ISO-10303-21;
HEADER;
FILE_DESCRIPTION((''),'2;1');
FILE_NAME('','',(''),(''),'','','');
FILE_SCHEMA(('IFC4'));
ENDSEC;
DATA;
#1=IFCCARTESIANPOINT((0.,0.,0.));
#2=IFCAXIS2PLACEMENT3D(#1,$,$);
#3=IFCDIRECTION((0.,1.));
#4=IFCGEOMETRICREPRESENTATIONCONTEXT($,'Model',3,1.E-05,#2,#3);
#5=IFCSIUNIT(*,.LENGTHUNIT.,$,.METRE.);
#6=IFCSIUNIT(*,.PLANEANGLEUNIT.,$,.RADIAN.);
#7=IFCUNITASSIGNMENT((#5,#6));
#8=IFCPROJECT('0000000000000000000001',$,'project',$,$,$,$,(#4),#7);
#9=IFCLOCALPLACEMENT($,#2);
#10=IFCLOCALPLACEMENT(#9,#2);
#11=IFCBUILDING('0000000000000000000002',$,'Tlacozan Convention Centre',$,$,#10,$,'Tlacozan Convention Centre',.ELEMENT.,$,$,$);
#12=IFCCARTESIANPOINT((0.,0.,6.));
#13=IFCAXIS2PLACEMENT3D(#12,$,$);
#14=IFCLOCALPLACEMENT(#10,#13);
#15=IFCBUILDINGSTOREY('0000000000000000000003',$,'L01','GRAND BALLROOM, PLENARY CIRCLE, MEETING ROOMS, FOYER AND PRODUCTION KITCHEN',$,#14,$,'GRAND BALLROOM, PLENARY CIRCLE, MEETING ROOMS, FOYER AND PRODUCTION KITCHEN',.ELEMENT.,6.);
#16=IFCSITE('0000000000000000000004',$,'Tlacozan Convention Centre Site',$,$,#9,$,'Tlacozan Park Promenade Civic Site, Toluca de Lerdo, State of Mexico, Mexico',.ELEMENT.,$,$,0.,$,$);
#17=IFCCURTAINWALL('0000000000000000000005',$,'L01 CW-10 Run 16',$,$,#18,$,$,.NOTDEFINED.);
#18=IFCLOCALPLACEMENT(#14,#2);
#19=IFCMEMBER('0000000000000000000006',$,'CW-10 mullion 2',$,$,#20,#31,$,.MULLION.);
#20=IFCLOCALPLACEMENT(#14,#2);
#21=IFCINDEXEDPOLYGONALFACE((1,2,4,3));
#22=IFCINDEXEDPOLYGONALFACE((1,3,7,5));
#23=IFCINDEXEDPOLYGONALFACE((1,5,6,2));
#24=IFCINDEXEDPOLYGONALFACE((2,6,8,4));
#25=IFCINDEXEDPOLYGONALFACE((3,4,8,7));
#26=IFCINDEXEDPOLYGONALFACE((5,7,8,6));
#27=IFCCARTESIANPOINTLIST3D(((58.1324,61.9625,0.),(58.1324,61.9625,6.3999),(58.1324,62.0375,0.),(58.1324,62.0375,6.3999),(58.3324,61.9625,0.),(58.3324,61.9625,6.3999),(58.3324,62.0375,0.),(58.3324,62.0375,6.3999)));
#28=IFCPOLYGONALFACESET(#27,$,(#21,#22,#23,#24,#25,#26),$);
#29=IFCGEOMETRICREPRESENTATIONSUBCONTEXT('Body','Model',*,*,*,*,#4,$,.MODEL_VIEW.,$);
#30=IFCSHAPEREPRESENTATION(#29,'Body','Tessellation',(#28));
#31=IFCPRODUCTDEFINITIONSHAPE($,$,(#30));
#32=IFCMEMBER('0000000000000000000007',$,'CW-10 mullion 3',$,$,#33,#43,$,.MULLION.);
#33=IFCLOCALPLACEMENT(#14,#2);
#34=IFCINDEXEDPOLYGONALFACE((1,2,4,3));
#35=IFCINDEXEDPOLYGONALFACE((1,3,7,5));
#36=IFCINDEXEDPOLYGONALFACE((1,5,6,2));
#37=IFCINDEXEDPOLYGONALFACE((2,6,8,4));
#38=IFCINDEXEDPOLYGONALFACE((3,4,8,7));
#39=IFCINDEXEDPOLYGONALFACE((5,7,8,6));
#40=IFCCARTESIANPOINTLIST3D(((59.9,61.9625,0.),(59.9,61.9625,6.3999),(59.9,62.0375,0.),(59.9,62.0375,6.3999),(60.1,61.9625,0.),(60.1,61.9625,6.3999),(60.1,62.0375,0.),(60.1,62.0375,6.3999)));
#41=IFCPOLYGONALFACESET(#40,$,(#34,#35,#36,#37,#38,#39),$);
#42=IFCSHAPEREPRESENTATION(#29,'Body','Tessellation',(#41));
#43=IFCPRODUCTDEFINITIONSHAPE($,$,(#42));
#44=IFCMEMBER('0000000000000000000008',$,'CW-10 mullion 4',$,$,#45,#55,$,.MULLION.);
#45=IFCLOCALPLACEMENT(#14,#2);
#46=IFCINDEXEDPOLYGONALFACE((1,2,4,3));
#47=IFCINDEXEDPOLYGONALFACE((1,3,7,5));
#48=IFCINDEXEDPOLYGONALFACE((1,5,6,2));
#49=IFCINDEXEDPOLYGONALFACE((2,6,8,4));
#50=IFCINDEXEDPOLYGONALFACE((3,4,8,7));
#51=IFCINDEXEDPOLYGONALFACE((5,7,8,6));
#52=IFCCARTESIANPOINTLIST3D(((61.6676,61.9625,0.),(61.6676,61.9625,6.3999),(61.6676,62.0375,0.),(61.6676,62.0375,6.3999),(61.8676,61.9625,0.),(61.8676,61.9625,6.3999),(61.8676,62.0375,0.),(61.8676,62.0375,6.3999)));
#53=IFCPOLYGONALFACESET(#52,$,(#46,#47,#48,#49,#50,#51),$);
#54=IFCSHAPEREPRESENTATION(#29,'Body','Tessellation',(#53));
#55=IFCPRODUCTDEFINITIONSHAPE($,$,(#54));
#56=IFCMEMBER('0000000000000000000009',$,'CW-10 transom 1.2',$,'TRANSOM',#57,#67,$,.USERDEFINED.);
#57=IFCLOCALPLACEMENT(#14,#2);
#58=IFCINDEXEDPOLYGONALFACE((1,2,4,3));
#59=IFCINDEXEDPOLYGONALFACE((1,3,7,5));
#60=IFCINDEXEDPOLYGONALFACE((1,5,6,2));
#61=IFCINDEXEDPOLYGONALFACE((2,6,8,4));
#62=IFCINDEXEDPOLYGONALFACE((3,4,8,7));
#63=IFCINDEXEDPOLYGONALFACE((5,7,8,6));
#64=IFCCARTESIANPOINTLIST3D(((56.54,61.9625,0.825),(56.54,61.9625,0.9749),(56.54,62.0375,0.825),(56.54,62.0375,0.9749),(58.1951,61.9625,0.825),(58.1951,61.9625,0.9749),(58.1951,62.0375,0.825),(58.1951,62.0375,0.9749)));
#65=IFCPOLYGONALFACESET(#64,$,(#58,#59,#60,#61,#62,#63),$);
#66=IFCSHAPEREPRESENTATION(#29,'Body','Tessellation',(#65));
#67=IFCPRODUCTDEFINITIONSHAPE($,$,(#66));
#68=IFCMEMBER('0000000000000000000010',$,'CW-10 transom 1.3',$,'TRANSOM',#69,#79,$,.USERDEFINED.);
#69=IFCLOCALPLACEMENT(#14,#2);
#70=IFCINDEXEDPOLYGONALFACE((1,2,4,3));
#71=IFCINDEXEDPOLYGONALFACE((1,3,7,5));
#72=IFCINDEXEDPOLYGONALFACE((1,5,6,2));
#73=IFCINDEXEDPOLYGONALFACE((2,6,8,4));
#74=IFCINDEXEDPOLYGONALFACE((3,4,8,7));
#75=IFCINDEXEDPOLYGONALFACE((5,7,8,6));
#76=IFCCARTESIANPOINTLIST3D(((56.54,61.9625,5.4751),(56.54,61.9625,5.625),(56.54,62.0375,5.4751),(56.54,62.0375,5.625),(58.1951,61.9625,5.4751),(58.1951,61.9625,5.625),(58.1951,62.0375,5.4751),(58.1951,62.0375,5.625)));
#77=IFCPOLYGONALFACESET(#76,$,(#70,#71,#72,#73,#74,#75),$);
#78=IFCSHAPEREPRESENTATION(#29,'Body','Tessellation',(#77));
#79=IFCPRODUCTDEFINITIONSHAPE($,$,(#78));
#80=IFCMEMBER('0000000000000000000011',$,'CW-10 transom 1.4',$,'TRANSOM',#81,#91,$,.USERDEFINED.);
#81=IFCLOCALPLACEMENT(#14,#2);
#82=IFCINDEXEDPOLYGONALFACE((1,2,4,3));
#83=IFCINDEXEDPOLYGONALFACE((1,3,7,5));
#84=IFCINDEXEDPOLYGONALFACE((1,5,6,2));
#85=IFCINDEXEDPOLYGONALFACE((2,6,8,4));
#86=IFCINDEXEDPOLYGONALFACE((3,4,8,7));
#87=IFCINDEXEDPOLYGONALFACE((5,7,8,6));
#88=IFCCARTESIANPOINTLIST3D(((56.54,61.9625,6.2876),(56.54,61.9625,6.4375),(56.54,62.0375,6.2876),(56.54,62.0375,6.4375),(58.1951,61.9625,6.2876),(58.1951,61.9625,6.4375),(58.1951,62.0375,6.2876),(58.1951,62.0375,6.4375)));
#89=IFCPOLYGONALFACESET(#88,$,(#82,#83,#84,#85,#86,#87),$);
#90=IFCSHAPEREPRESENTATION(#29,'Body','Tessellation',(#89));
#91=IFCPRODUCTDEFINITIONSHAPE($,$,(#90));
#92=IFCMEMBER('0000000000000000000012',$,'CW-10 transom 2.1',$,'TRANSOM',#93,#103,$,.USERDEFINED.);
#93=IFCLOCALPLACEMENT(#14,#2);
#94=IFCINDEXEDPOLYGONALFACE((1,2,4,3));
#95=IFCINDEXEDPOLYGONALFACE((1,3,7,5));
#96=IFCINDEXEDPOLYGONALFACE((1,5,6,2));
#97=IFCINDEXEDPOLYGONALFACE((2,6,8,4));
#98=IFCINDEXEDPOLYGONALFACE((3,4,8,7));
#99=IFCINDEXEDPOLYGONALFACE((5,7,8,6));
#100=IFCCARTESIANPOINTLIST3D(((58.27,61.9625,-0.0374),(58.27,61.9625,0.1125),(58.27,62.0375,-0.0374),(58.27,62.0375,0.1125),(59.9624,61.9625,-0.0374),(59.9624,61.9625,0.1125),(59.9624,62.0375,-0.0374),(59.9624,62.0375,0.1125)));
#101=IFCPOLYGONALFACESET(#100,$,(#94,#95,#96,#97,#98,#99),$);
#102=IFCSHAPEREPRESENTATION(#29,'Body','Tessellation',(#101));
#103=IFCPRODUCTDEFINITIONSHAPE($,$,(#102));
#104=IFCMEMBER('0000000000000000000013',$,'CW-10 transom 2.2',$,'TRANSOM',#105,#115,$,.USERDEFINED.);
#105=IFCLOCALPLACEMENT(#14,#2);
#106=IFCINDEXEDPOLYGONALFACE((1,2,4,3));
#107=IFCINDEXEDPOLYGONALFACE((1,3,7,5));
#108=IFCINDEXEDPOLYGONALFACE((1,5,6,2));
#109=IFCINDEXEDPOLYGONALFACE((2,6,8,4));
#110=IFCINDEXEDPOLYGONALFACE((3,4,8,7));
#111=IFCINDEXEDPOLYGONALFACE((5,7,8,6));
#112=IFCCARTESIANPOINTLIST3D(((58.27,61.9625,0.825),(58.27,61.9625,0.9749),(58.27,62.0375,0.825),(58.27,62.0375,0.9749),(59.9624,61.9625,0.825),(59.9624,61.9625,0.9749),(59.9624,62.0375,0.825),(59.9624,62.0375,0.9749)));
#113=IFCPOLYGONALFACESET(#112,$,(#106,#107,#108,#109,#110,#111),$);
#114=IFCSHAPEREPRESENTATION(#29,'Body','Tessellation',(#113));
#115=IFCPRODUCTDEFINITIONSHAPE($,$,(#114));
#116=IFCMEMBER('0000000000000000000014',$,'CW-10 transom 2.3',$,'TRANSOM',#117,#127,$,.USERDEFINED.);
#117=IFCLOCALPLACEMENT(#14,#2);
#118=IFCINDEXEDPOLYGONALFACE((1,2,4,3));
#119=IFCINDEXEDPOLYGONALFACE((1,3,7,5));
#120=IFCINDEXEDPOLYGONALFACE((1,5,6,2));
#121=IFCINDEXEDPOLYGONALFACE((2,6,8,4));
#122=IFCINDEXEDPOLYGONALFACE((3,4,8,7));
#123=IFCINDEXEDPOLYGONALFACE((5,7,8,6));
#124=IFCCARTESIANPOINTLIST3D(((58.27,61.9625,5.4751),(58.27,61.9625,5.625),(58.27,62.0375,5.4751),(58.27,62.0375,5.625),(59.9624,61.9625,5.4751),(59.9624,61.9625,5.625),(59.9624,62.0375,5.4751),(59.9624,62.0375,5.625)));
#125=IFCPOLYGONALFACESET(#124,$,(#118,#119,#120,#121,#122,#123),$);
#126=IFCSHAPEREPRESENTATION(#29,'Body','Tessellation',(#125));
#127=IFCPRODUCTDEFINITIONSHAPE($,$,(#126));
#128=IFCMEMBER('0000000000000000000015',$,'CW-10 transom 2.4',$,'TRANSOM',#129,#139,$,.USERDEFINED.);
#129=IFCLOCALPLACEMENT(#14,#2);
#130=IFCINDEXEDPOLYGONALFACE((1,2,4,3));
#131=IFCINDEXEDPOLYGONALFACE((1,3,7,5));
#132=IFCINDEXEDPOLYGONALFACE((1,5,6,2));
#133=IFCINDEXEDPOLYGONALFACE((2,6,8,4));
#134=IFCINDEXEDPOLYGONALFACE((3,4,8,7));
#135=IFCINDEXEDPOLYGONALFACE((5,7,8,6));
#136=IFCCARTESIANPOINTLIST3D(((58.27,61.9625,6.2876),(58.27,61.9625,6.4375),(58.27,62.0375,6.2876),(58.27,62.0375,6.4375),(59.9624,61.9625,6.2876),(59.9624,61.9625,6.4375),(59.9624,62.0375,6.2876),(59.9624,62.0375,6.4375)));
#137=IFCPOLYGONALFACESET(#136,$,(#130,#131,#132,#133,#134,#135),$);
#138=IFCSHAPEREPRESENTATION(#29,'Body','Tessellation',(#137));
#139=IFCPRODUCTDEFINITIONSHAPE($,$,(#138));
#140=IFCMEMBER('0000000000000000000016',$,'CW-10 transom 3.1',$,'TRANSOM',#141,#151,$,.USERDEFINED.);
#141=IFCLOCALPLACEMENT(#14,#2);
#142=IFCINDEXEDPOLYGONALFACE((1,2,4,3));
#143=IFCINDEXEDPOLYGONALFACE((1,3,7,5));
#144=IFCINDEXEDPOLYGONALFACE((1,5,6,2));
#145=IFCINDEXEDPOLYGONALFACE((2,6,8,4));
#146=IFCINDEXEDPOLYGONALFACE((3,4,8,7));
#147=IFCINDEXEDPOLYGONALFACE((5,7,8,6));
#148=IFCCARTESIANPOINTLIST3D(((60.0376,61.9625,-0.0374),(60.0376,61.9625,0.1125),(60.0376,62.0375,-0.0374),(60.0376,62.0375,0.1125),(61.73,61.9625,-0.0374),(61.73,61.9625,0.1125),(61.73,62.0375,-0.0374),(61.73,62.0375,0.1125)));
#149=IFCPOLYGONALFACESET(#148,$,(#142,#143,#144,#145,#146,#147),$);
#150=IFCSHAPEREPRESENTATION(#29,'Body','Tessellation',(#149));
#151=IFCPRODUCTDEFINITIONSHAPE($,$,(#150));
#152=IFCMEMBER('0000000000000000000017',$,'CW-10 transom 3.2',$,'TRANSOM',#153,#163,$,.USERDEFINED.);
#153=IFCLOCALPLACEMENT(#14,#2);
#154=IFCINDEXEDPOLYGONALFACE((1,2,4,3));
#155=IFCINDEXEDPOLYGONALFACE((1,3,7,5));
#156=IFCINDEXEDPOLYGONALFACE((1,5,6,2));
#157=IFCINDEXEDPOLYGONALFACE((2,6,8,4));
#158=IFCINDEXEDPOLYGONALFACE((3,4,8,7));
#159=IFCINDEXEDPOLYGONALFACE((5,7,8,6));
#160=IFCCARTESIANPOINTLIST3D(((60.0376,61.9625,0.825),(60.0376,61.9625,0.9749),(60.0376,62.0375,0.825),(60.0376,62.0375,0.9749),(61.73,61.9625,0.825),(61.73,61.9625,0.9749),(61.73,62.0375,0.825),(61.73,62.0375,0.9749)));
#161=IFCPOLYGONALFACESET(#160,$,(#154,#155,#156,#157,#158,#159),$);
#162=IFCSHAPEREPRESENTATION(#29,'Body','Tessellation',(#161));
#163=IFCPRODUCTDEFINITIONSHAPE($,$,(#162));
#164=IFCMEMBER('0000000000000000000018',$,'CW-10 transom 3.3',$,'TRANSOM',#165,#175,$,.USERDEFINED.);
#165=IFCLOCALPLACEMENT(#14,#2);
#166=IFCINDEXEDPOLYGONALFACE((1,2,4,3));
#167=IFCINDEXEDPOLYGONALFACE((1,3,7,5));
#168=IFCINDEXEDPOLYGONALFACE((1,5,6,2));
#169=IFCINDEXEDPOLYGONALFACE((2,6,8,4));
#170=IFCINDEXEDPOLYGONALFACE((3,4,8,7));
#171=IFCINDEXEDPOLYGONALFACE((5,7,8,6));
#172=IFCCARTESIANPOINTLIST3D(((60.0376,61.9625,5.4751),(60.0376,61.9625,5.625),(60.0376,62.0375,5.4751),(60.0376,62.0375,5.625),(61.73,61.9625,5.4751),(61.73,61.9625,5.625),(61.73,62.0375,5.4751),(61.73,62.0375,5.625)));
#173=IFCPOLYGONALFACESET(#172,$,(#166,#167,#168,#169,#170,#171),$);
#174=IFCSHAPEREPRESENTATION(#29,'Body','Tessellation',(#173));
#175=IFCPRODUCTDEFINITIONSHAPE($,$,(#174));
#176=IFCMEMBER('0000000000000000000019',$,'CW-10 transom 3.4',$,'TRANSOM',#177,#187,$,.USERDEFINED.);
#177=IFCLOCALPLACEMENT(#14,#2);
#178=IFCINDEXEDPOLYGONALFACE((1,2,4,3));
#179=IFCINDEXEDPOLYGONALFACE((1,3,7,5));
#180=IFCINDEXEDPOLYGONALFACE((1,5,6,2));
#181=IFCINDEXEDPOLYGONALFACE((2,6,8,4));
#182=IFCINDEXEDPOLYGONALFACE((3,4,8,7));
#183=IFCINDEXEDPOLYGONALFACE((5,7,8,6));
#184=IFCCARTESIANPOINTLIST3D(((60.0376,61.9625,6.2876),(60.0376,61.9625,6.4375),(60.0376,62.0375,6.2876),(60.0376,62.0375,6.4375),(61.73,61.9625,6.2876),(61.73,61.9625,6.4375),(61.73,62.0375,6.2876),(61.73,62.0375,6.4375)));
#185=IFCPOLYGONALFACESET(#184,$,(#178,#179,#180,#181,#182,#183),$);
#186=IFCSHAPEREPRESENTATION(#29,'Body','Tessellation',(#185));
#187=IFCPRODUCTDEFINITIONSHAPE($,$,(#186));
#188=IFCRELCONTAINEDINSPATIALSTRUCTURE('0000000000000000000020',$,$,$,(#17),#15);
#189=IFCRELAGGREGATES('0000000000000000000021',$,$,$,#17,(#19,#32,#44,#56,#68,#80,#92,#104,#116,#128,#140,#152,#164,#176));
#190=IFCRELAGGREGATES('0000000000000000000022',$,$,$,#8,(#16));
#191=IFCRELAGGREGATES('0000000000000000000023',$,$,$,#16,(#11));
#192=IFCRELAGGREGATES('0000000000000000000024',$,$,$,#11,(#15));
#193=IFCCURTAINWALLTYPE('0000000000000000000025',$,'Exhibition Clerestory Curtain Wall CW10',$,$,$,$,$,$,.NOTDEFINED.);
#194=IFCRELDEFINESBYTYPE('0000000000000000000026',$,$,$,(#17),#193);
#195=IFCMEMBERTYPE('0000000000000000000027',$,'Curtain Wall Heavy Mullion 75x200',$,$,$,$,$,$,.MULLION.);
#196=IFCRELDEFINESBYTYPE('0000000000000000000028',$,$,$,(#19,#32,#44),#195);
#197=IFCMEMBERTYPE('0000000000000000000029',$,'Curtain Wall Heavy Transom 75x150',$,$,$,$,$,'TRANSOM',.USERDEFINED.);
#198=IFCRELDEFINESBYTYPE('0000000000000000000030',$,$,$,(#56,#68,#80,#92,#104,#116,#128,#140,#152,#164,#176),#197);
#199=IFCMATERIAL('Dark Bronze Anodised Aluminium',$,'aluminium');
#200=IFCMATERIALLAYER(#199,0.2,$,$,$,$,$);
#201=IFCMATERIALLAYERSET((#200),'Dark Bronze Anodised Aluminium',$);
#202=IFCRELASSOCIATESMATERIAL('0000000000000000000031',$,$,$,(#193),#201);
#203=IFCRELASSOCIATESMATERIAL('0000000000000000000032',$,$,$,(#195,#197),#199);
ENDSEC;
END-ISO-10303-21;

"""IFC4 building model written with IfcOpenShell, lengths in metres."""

from ifc_helpers import new_model, si_unit, direction, frame, origin, origin_2d, place, context, subcontext, project, spatial, rectangle, extrude, material, layer, layer_set, material_profile, profile_set, type_object, element, aggregate, save


model = new_model("IFC4")

# Units and contexts
model_context = context("Model", 3, precision=1e-05, world=origin(), true_north=direction((0.0, 1.0)))
body_context = subcontext(model_context, "Body", "Model", "MODEL_VIEW")
ifc_project = project(units=[si_unit("LENGTHUNIT", "METRE"), si_unit("PLANEANGLEUNIT", "RADIAN")], contexts=[model_context])

# Site, building, storey
site_placement = place(None, origin())
site = spatial("IfcSite", under=ifc_project, at=site_placement, Name="Tlacozan Convention Centre Site", LongName="Tlacozan Park Promenade Civic Site, Toluca de Lerdo, State of Mexico, Mexico", CompositionType="ELEMENT", RefElevation=0.0)
building_placement = place(site_placement, origin())
building = spatial("IfcBuilding", under=site, at=building_placement, Name="Tlacozan Convention Centre", LongName="Tlacozan Convention Centre", CompositionType="ELEMENT")
storey_placement = place(building_placement, frame((0.0, 0.0, 6.0)))
storey = spatial("IfcBuildingStorey", under=building, at=storey_placement, Name="L01", Description="GRAND BALLROOM, PLENARY CIRCLE, MEETING ROOMS, FOYER AND PRODUCTION KITCHEN", LongName="GRAND BALLROOM, PLENARY CIRCLE, MEETING ROOMS, FOYER AND PRODUCTION KITCHEN", CompositionType="ELEMENT", Elevation=6.0)

# Curtain wall, members
ifc_material_1 = material(Name="Dark Bronze Anodised Aluminium", Category="aluminium")
ifc_layer_1 = layer(ifc_material_1, 0.2)
ifc_layer_set_1 = layer_set([ifc_layer_1], Name="Dark Bronze Anodised Aluminium")
curtain_wall_type = type_object("IfcCurtainWallType", Name="Exhibition Clerestory Curtain Wall CW10", PredefinedType="NOTDEFINED", material=ifc_layer_set_1)
curtain_wall_placement = place(storey_placement, origin())
curtain_wall = element("IfcCurtainWall", 1, at=curtain_wall_placement, inside=storey, type_object=curtain_wall_type, Name="L01 CW-10 Run 16", PredefinedType="NOTDEFINED")
ifc_material_profile_1 = material_profile(ifc_material_1, rectangle(XDim=0.075, YDim=0.2, at=origin_2d()), Name="ALU 75x200")
ifc_profile_set_1 = profile_set([ifc_material_profile_1], Name="Dark Bronze Anodised Aluminium")
member_type_1 = type_object("IfcMemberType", Name="Curtain Wall Heavy Mullion 75x200", PredefinedType="MULLION", material=ifc_profile_set_1)
member_1_placement = place(storey_placement, frame((58.2324, 62.0, 0.0), z_axis=(0.0, 0.0, 1.0), x_axis=(0.0, 1.0, 0.0)))
member_1 = element("IfcMember", 2, at=member_1_placement, type_object=member_type_1, Name="CW-10 mullion 2", PredefinedType="MULLION", context=body_context, shape_type="SweptSolid", body=[
    extrude(rectangle(XDim=0.075, YDim=0.2, at=origin_2d()), origin(), (0.0, 0.0, 1.0), 6.3999),
])
member_2_placement = place(storey_placement, frame((60.0, 62.0, 0.0), z_axis=(0.0, 0.0, 1.0), x_axis=(0.0, 1.0, 0.0)))
member_2 = element("IfcMember", 3, at=member_2_placement, type_object=member_type_1, Name="CW-10 mullion 3", PredefinedType="MULLION", context=body_context, shape_type="SweptSolid", body=[
    extrude(rectangle(XDim=0.075, YDim=0.2, at=origin_2d()), origin(), (0.0, 0.0, 1.0), 6.3999),
])
member_3_placement = place(storey_placement, frame((61.7676, 62.0, 0.0), z_axis=(0.0, 0.0, 1.0), x_axis=(0.0, 1.0, 0.0)))
member_3 = element("IfcMember", 4, at=member_3_placement, type_object=member_type_1, Name="CW-10 mullion 4", PredefinedType="MULLION", context=body_context, shape_type="SweptSolid", body=[
    extrude(rectangle(XDim=0.075, YDim=0.2, at=origin_2d()), origin(), (0.0, 0.0, 1.0), 6.3999),
])
ifc_material_profile_2 = material_profile(ifc_material_1, rectangle(XDim=0.075, YDim=0.1499, at=origin_2d()), Name="ALU 75x150")
ifc_profile_set_2 = profile_set([ifc_material_profile_2], Name="Dark Bronze Anodised Aluminium")
member_type_2 = type_object("IfcMemberType", Name="Curtain Wall Heavy Transom 75x150", ElementType="TRANSOM", PredefinedType="USERDEFINED", material=ifc_profile_set_2)
member_4_placement = place(storey_placement, frame((56.54, 62.0, 0.8999), z_axis=(1.0, 0.0, 0.0), x_axis=(0.0, 1.0, 0.0)))
member_4 = element("IfcMember", 5, at=member_4_placement, type_object=member_type_2, Name="CW-10 transom 1.2", ObjectType="TRANSOM", PredefinedType="USERDEFINED", context=body_context, shape_type="SweptSolid", body=[
    extrude(rectangle(XDim=0.075, YDim=0.1499, at=origin_2d()), origin(), (0.0, 0.0, 1.0), 1.655),
])
member_5_placement = place(storey_placement, frame((56.54, 62.0, 5.55), z_axis=(1.0, 0.0, 0.0), x_axis=(0.0, 1.0, 0.0)))
member_5 = element("IfcMember", 6, at=member_5_placement, type_object=member_type_2, Name="CW-10 transom 1.3", ObjectType="TRANSOM", PredefinedType="USERDEFINED", context=body_context, shape_type="SweptSolid", body=[
    extrude(rectangle(XDim=0.075, YDim=0.1499, at=origin_2d()), origin(), (0.0, 0.0, 1.0), 1.655),
])
member_6_placement = place(storey_placement, frame((56.54, 62.0, 6.3625), z_axis=(1.0, 0.0, 0.0), x_axis=(0.0, 1.0, 0.0)))
member_6 = element("IfcMember", 7, at=member_6_placement, type_object=member_type_2, Name="CW-10 transom 1.4", ObjectType="TRANSOM", PredefinedType="USERDEFINED", context=body_context, shape_type="SweptSolid", body=[
    extrude(rectangle(XDim=0.075, YDim=0.1499, at=origin_2d()), origin(), (0.0, 0.0, 1.0), 1.655),
])
member_7_placement = place(storey_placement, frame((58.27, 62.0, 0.0376), z_axis=(1.0, 0.0, 0.0), x_axis=(0.0, 1.0, 0.0)))
member_7 = element("IfcMember", 8, at=member_7_placement, type_object=member_type_2, Name="CW-10 transom 2.1", ObjectType="TRANSOM", PredefinedType="USERDEFINED", context=body_context, shape_type="SweptSolid", body=[
    extrude(rectangle(XDim=0.075, YDim=0.1499, at=origin_2d()), origin(), (0.0, 0.0, 1.0), 1.6924),
])
member_8_placement = place(storey_placement, frame((58.27, 62.0, 0.8999), z_axis=(1.0, 0.0, 0.0), x_axis=(0.0, 1.0, 0.0)))
member_8 = element("IfcMember", 9, at=member_8_placement, type_object=member_type_2, Name="CW-10 transom 2.2", ObjectType="TRANSOM", PredefinedType="USERDEFINED", context=body_context, shape_type="SweptSolid", body=[
    extrude(rectangle(XDim=0.075, YDim=0.1499, at=origin_2d()), origin(), (0.0, 0.0, 1.0), 1.6924),
])
member_9_placement = place(storey_placement, frame((58.27, 62.0, 5.55), z_axis=(1.0, 0.0, 0.0), x_axis=(0.0, 1.0, 0.0)))
member_9 = element("IfcMember", 10, at=member_9_placement, type_object=member_type_2, Name="CW-10 transom 2.3", ObjectType="TRANSOM", PredefinedType="USERDEFINED", context=body_context, shape_type="SweptSolid", body=[
    extrude(rectangle(XDim=0.075, YDim=0.1499, at=origin_2d()), origin(), (0.0, 0.0, 1.0), 1.6924),
])
member_10_placement = place(storey_placement, frame((58.27, 62.0, 6.3625), z_axis=(1.0, 0.0, 0.0), x_axis=(0.0, 1.0, 0.0)))
member_10 = element("IfcMember", 11, at=member_10_placement, type_object=member_type_2, Name="CW-10 transom 2.4", ObjectType="TRANSOM", PredefinedType="USERDEFINED", context=body_context, shape_type="SweptSolid", body=[
    extrude(rectangle(XDim=0.075, YDim=0.1499, at=origin_2d()), origin(), (0.0, 0.0, 1.0), 1.6924),
])
member_11_placement = place(storey_placement, frame((60.0376, 62.0, 0.0376), z_axis=(1.0, 0.0, 0.0), x_axis=(0.0, 1.0, 0.0)))
member_11 = element("IfcMember", 12, at=member_11_placement, type_object=member_type_2, Name="CW-10 transom 3.1", ObjectType="TRANSOM", PredefinedType="USERDEFINED", context=body_context, shape_type="SweptSolid", body=[
    extrude(rectangle(XDim=0.075, YDim=0.1499, at=origin_2d()), origin(), (0.0, 0.0, 1.0), 1.6924),
])
member_12_placement = place(storey_placement, frame((60.0376, 62.0, 0.8999), z_axis=(1.0, 0.0, 0.0), x_axis=(0.0, 1.0, 0.0)))
member_12 = element("IfcMember", 13, at=member_12_placement, type_object=member_type_2, Name="CW-10 transom 3.2", ObjectType="TRANSOM", PredefinedType="USERDEFINED", context=body_context, shape_type="SweptSolid", body=[
    extrude(rectangle(XDim=0.075, YDim=0.1499, at=origin_2d()), origin(), (0.0, 0.0, 1.0), 1.6924),
])
member_13_placement = place(storey_placement, frame((60.0376, 62.0, 5.55), z_axis=(1.0, 0.0, 0.0), x_axis=(0.0, 1.0, 0.0)))
member_13 = element("IfcMember", 14, at=member_13_placement, type_object=member_type_2, Name="CW-10 transom 3.3", ObjectType="TRANSOM", PredefinedType="USERDEFINED", context=body_context, shape_type="SweptSolid", body=[
    extrude(rectangle(XDim=0.075, YDim=0.1499, at=origin_2d()), origin(), (0.0, 0.0, 1.0), 1.6924),
])
member_14_placement = place(storey_placement, frame((60.0376, 62.0, 6.3625), z_axis=(1.0, 0.0, 0.0), x_axis=(0.0, 1.0, 0.0)))
member_14 = element("IfcMember", 15, at=member_14_placement, type_object=member_type_2, Name="CW-10 transom 3.4", ObjectType="TRANSOM", PredefinedType="USERDEFINED", context=body_context, shape_type="SweptSolid", body=[
    extrude(rectangle(XDim=0.075, YDim=0.1499, at=origin_2d()), origin(), (0.0, 0.0, 1.0), 1.6924),
])
aggregate(curtain_wall, [member_1, member_2, member_3, member_4, member_5, member_6, member_7, member_8, member_9, member_10, member_11, member_12, member_13, member_14])

save(model, "model.ifc")
